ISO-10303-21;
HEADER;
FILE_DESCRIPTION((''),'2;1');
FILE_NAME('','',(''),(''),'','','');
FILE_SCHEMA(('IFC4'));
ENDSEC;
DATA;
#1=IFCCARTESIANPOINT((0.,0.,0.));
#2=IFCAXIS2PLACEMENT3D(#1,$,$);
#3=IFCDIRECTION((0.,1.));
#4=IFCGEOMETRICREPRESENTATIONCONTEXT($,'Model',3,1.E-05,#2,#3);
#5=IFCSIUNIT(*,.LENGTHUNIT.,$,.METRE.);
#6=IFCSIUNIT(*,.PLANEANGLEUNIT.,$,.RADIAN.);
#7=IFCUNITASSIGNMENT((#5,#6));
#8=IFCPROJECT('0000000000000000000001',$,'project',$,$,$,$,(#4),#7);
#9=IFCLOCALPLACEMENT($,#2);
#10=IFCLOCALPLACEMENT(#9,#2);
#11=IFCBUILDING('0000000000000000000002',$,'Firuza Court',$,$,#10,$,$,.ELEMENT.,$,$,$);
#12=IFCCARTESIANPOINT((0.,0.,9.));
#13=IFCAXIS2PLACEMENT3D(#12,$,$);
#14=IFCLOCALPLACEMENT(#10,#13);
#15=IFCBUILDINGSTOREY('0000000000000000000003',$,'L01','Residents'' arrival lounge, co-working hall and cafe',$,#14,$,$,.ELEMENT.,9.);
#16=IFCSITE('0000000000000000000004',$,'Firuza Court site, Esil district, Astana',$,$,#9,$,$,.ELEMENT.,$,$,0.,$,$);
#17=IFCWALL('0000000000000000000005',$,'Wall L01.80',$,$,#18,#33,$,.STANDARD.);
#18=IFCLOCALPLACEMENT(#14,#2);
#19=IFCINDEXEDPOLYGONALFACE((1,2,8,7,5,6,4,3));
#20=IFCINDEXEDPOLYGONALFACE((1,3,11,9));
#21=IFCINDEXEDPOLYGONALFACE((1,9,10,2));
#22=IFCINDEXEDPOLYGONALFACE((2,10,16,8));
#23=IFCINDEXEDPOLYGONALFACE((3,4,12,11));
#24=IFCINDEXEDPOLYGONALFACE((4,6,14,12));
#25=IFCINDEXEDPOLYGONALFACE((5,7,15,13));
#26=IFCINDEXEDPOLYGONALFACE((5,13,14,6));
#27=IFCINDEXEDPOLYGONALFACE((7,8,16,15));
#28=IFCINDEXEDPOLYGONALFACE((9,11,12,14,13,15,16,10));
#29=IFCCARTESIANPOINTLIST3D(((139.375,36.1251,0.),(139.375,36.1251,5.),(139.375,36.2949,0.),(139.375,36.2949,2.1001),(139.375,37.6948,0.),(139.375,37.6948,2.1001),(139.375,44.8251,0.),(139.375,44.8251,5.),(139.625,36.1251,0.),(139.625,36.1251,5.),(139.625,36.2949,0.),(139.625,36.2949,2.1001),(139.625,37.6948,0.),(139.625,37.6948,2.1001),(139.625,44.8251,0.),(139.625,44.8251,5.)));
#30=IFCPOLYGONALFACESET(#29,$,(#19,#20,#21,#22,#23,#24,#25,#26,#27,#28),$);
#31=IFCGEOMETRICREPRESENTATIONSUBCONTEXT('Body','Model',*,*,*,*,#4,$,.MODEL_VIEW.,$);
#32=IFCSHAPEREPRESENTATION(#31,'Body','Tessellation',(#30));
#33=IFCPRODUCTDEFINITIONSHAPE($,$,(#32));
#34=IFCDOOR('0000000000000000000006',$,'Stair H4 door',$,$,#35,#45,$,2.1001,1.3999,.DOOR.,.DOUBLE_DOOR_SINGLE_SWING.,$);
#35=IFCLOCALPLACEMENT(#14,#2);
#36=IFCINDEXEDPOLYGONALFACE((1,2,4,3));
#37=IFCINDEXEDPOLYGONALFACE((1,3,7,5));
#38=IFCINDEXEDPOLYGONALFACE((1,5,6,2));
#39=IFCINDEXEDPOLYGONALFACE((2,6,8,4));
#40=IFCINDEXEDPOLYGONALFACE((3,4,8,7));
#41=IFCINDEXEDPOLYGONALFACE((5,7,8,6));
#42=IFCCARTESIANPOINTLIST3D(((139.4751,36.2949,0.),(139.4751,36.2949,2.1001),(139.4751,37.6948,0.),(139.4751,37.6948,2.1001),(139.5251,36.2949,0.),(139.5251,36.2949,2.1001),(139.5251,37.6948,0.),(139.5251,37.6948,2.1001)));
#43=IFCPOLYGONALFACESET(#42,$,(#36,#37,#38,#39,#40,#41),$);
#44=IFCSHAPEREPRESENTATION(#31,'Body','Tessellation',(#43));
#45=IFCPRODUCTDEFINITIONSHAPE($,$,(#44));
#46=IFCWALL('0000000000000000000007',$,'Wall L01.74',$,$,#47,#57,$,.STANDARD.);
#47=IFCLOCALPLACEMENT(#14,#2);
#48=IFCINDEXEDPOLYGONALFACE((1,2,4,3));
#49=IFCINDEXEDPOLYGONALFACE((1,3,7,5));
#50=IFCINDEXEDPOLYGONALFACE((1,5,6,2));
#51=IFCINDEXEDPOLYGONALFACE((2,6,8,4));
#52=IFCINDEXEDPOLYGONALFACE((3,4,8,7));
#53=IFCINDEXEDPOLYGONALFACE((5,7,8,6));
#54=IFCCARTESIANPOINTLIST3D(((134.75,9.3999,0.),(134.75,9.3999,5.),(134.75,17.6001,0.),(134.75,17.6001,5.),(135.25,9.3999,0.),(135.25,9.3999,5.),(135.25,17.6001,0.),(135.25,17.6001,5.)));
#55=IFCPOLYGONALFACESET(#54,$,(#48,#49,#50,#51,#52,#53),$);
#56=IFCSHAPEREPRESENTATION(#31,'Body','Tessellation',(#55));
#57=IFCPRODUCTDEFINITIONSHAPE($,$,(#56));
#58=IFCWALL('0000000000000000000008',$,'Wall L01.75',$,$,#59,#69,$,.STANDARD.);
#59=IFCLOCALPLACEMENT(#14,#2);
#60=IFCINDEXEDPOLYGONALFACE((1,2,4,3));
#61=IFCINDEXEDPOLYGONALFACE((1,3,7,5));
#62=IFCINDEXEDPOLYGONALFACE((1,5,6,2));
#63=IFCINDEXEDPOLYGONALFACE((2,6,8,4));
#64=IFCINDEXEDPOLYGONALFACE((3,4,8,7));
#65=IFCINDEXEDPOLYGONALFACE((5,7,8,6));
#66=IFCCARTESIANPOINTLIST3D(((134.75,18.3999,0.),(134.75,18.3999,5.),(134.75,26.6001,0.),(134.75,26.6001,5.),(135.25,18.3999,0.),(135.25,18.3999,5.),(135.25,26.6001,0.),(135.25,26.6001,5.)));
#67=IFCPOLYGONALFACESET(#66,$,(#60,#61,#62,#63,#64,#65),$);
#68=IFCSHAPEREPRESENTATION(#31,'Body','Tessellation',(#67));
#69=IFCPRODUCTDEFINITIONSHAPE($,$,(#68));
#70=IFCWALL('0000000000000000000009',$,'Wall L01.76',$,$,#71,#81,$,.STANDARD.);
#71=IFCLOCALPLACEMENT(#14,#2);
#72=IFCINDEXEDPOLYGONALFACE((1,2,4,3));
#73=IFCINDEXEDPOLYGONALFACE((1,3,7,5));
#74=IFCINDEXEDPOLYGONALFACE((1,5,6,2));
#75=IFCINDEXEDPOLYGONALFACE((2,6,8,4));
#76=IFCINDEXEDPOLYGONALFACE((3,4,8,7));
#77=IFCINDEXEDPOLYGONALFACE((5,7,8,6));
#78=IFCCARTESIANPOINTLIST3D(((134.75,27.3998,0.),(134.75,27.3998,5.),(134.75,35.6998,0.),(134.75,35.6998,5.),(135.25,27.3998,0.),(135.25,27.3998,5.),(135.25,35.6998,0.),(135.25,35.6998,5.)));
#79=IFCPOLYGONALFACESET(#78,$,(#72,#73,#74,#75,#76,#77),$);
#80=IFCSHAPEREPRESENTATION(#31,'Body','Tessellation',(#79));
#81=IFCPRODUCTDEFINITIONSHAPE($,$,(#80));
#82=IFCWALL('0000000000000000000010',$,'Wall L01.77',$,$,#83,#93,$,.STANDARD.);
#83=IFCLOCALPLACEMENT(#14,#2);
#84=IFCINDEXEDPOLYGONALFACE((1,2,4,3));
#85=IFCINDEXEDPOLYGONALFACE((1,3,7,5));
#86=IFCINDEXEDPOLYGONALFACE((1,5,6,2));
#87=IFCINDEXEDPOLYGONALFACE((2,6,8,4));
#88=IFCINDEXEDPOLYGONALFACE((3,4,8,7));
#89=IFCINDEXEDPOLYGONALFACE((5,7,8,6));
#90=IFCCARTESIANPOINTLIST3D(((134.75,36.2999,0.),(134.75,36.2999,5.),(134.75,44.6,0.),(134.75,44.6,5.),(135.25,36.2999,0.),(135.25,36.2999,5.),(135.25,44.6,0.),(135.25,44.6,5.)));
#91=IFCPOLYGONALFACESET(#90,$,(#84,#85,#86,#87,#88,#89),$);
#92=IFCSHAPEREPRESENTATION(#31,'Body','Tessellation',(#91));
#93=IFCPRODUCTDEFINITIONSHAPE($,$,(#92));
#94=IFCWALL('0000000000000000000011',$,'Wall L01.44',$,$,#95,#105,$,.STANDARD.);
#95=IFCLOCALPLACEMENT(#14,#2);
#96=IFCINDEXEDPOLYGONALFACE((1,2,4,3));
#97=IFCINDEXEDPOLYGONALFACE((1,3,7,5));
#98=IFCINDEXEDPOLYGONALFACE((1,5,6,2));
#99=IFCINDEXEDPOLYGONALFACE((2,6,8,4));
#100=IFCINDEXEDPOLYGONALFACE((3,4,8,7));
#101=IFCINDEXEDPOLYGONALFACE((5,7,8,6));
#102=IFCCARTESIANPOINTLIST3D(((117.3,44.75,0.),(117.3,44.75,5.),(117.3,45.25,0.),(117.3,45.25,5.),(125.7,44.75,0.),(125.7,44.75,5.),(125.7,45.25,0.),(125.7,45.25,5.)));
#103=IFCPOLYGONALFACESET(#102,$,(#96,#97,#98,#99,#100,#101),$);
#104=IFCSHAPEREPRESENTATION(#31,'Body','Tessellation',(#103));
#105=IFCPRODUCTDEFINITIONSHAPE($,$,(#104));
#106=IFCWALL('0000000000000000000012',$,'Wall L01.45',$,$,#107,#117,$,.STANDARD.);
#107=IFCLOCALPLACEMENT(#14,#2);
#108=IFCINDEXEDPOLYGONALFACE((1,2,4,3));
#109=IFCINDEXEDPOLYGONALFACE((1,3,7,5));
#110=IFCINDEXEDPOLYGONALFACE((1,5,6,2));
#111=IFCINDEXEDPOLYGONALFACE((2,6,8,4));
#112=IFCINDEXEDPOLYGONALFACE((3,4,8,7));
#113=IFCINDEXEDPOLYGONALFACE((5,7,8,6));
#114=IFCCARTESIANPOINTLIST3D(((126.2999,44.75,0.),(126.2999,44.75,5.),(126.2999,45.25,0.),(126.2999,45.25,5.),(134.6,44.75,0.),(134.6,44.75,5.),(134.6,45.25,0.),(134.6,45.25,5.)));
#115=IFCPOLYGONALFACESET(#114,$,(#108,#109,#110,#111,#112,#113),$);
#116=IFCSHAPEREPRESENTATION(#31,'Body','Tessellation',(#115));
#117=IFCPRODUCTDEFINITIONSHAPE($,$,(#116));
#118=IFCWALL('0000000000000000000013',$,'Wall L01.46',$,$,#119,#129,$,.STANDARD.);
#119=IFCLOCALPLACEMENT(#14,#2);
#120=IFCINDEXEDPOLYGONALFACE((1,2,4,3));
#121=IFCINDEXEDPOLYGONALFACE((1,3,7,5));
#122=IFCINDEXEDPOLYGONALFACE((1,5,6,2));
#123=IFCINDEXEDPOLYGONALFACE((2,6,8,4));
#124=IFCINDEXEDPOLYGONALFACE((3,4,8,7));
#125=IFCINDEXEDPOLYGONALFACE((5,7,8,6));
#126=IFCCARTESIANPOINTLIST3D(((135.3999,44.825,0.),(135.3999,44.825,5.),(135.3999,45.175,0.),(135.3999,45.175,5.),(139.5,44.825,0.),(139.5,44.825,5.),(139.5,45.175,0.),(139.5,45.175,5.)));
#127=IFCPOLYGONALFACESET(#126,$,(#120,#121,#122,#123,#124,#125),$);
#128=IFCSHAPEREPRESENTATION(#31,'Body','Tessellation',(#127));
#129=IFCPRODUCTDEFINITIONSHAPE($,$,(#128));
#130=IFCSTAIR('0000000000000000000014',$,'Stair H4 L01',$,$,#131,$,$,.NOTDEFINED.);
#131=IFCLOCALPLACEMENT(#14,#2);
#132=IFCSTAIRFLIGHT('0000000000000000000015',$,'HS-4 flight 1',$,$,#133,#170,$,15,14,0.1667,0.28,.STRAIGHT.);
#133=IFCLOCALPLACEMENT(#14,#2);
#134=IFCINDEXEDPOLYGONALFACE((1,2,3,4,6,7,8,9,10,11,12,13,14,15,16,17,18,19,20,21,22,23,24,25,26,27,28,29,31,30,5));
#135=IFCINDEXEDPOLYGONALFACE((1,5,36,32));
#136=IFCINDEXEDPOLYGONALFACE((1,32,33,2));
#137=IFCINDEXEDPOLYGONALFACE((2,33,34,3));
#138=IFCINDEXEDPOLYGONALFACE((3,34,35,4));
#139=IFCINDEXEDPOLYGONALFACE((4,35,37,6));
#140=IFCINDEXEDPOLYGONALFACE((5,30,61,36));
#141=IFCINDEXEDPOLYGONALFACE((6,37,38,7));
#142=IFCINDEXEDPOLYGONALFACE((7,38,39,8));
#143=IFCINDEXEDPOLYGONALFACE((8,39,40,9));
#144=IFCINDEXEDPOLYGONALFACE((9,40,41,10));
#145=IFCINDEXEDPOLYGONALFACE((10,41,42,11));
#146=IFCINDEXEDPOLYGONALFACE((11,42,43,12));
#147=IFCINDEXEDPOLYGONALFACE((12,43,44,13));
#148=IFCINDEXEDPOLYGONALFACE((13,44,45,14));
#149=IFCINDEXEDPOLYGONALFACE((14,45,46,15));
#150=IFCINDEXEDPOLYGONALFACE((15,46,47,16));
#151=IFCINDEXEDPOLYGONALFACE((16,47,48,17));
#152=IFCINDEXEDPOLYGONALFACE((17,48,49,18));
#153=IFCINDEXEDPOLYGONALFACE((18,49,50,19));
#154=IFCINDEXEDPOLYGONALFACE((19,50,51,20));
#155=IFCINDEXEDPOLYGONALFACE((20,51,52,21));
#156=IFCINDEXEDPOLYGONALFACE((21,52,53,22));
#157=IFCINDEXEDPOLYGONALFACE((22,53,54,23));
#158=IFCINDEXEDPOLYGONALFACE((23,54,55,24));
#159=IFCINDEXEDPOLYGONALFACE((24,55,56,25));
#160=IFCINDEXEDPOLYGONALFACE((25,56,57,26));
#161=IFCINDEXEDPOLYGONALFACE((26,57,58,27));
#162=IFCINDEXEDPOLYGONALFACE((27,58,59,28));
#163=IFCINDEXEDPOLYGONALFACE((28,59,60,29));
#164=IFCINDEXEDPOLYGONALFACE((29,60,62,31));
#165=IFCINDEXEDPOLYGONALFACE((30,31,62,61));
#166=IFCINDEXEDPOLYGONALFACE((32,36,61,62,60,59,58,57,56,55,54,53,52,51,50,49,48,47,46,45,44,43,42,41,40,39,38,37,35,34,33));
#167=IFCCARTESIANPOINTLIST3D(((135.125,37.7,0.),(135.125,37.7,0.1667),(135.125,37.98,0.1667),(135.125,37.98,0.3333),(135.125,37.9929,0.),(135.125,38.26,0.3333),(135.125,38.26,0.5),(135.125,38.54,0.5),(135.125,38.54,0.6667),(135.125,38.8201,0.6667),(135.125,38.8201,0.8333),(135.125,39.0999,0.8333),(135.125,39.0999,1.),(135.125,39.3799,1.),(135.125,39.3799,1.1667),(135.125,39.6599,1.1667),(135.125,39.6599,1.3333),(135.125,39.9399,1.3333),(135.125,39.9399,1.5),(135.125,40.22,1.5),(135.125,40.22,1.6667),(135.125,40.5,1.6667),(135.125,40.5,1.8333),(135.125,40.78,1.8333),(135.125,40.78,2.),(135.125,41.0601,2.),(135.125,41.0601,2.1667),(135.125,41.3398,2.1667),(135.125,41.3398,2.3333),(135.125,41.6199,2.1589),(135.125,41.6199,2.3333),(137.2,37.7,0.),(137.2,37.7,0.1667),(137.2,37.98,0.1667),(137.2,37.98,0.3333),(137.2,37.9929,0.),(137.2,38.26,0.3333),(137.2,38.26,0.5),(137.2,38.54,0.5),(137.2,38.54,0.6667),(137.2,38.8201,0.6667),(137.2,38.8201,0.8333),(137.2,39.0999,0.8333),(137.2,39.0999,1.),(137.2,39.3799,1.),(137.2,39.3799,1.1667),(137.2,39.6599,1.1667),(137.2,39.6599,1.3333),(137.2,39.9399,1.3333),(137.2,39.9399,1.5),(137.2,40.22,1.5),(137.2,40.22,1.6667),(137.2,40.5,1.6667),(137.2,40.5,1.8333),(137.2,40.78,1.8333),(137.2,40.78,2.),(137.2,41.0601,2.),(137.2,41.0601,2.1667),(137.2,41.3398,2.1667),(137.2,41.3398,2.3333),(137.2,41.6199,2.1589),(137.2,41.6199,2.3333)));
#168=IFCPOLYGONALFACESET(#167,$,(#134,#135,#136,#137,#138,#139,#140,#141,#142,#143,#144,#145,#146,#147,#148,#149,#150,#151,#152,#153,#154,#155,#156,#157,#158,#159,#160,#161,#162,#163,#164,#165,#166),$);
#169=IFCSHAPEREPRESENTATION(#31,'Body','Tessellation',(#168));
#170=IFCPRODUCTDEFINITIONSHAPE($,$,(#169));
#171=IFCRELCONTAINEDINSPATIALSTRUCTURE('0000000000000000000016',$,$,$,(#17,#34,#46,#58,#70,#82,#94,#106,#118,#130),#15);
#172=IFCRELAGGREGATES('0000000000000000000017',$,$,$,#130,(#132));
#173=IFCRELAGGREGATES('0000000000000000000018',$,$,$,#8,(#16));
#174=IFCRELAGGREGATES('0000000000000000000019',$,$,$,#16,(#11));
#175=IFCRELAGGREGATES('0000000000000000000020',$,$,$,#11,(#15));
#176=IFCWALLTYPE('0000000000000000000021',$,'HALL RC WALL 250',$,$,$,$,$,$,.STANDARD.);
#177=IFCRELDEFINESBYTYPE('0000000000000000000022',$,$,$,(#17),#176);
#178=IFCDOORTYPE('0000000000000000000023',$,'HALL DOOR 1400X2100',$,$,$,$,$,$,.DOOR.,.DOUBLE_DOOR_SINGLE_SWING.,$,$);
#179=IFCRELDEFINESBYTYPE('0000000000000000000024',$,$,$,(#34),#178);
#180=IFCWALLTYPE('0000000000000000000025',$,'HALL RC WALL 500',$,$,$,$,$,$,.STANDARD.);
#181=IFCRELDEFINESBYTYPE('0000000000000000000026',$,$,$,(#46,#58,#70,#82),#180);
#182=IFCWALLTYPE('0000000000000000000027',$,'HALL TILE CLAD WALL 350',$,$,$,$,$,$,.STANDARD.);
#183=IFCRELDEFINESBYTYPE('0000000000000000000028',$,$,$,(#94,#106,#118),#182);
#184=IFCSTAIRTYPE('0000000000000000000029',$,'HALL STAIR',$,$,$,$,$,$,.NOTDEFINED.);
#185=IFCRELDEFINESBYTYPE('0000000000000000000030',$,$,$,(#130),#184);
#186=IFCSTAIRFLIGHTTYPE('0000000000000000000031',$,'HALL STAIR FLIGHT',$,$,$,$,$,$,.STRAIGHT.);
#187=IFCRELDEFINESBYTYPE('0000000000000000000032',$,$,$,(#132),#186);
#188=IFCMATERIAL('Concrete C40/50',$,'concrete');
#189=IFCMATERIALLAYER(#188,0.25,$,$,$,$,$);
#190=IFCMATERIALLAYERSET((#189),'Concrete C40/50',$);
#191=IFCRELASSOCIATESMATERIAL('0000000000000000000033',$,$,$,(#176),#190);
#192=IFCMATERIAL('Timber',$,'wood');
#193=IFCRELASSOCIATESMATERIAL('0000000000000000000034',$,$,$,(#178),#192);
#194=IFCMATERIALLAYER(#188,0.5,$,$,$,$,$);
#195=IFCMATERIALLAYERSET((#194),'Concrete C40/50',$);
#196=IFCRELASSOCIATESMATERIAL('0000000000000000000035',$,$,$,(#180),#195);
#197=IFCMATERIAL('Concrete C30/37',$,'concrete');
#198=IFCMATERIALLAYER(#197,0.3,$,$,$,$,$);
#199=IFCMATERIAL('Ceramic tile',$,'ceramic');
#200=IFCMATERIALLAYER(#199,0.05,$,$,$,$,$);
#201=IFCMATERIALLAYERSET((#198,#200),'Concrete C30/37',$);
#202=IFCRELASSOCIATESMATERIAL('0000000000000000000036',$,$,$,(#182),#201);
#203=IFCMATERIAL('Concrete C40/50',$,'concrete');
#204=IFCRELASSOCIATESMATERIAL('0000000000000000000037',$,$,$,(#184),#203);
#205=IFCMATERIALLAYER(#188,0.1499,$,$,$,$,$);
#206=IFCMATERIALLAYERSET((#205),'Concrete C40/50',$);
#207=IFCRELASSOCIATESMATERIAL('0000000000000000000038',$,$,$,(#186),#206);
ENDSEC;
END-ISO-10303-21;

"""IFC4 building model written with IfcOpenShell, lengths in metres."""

from ifc_helpers import new_model, si_unit, direction, frame, frame_2d, origin, place, context, subcontext, project, spatial, polyline, rectangle, outline, extrude, material, layer, layer_set, type_object, element, fill, aggregate, save


model = new_model("IFC4")

# Units and contexts
model_context = context("Model", 3, precision=1e-05, world=origin(), true_north=direction((0.0, 1.0)))
body_context = subcontext(model_context, "Body", "Model", "MODEL_VIEW")
ifc_project = project(units=[si_unit("LENGTHUNIT", "METRE"), si_unit("PLANEANGLEUNIT", "RADIAN")], contexts=[model_context])

# Site, building, storey
site_placement = place(None, origin())
site = spatial("IfcSite", under=ifc_project, at=site_placement, Name="Firuza Court site, Esil district, Astana", CompositionType="ELEMENT", RefElevation=0.0)
building_placement = place(site_placement, origin())
building = spatial("IfcBuilding", under=site, at=building_placement, Name="Firuza Court", CompositionType="ELEMENT")
storey_placement = place(building_placement, frame((0.0, 0.0, 9.0)))
storey = spatial("IfcBuildingStorey", under=building, at=storey_placement, Name="L01", Description="Residents' arrival lounge, co-working hall and cafe", CompositionType="ELEMENT", Elevation=9.0)

# Shared definitions
ifc_material_1 = material(Name="Concrete C40/50", Category="concrete")
ifc_layer_1 = layer(ifc_material_1, 0.25)
ifc_layer_set_1 = layer_set([ifc_layer_1], Name="Concrete C40/50")
wall_type_1 = type_object("IfcWallType", Name="HALL RC WALL 250", PredefinedType="STANDARD", material=ifc_layer_set_1)

# Wall, opening, door
ifc_material_2 = material(Name="Timber", Category="wood")
door_type = type_object("IfcDoorType", Name="HALL DOOR 1400X2100", OperationType="DOUBLE_DOOR_SINGLE_SWING", PredefinedType="DOOR", material=ifc_material_2)
wall_1_placement = place(storey_placement, frame((139.5, 36.125, 0.0), z_axis=(0.0, 0.0, 1.0), x_axis=(0.0, 1.0, 0.0)))
wall_1 = element("IfcWall", 1, at=wall_1_placement, inside=storey, type_object=wall_type_1, Name="Wall L01.80", PredefinedType="STANDARD", context=body_context, shape_type="SweptSolid", body=[
    extrude(rectangle(XDim=8.7, YDim=0.25, at=frame_2d((4.3501, 0.0))), origin(), (0.0, 0.0, 1.0), 5.0),
])
opening_1_placement = place(wall_1_placement, frame((0.1699, 0.0, 0.0)))
opening_1 = element("IfcOpeningElement", 2, at=opening_1_placement, cuts=wall_1, PredefinedType="OPENING", context=body_context, shape_type="SweptSolid", body=[
    extrude(rectangle(XDim=1.3999, YDim=2.1001, at=frame_2d((0.7, 1.05))), frame((0.0, 0.137, 0.0), z_axis=(0.0, -1.0, 0.0), x_axis=(1.0, 0.0, 0.0)), (0.0, 0.0, 1.0), 0.2739),
])
door_1_placement = place(opening_1_placement, origin())
door_1 = element("IfcDoor", 3, at=door_1_placement, inside=storey, type_object=door_type, Name="Stair H4 door", OperationType="DOUBLE_DOOR_SINGLE_SWING", OverallHeight=2.1001, OverallWidth=1.3999, PredefinedType="DOOR", context=body_context, shape_type="SweptSolid", body=[
    extrude(rectangle(XDim=1.3999, YDim=2.1001, at=frame_2d((0.7, 1.05))), frame((0.0, 0.0249, 0.0), z_axis=(0.0, -1.0, 0.0), x_axis=(1.0, 0.0, 0.0)), (0.0, 0.0, 1.0), 0.05),
])
fill(opening_1, door_1)

# Walls
ifc_layer_2 = layer(ifc_material_1, 0.5)
ifc_layer_set_2 = layer_set([ifc_layer_2], Name="Concrete C40/50")
wall_type_2 = type_object("IfcWallType", Name="HALL RC WALL 500", PredefinedType="STANDARD", material=ifc_layer_set_2)
for number, where, z_axis, x_axis, name in (
    (4, (135.0, 9.3999, 0.0), (0.0, 0.0, 1.0), (0.0, 1.0, 0.0), "Wall L01.74"),
    (5, (135.0, 18.3999, 0.0), (0.0, 0.0, 1.0), (0.0, 1.0, 0.0), "Wall L01.75"),
):
    element("IfcWall", number, at=place(storey_placement, frame(where, z_axis=z_axis, x_axis=x_axis)), inside=storey, type_object=wall_type_2, Name=name, PredefinedType="STANDARD", context=body_context, shape_type="SweptSolid", body=[
        extrude(rectangle(XDim=8.2002, YDim=0.5, at=frame_2d((4.1001, 0.0))), origin(), (0.0, 0.0, 1.0), 5.0),
    ])
for number, where, z_axis, x_axis, name in (
    (6, (135.0, 27.3999, 0.0), (0.0, 0.0, 1.0), (0.0, 1.0, 0.0), "Wall L01.76"),
    (7, (135.0, 36.3, 0.0), (0.0, 0.0, 1.0), (0.0, 1.0, 0.0), "Wall L01.77"),
):
    element("IfcWall", number, at=place(storey_placement, frame(where, z_axis=z_axis, x_axis=x_axis)), inside=storey, type_object=wall_type_2, Name=name, PredefinedType="STANDARD", context=body_context, shape_type="SweptSolid", body=[
        extrude(rectangle(XDim=8.3, YDim=0.5, at=frame_2d((4.1499, 0.0))), origin(), (0.0, 0.0, 1.0), 5.0),
    ])
ifc_material_3 = material(Name="Concrete C30/37", Category="concrete")
ifc_layer_3 = layer(ifc_material_3, 0.3)
ifc_material_4 = material(Name="Ceramic tile", Category="ceramic")
ifc_layer_4 = layer(ifc_material_4, 0.05)
ifc_layer_set_3 = layer_set([ifc_layer_3, ifc_layer_4], Name="Concrete C30/37")
wall_type_3 = type_object("IfcWallType", Name="HALL TILE CLAD WALL 350", PredefinedType="STANDARD", material=ifc_layer_set_3)
wall_2_placement = place(storey_placement, frame((117.3, 45.0, 0.0), z_axis=(0.0, 0.0, 1.0), x_axis=(1.0, 0.0, 0.0)))
element("IfcWall", 8, at=wall_2_placement, inside=storey, type_object=wall_type_3, Name="Wall L01.44", PredefinedType="STANDARD", context=body_context, shape_type="SweptSolid", body=[
    extrude(rectangle(XDim=8.3999, YDim=0.5, at=frame_2d((4.2, 0.0))), origin(), (0.0, 0.0, 1.0), 5.0),
])
wall_3_placement = place(storey_placement, frame((126.3, 45.0, 0.0), z_axis=(0.0, 0.0, 1.0), x_axis=(1.0, 0.0, 0.0)))
element("IfcWall", 9, at=wall_3_placement, inside=storey, type_object=wall_type_3, Name="Wall L01.45", PredefinedType="STANDARD", context=body_context, shape_type="SweptSolid", body=[
    extrude(rectangle(XDim=8.3, YDim=0.5, at=frame_2d((4.1499, 0.0))), origin(), (0.0, 0.0, 1.0), 5.0),
])
wall_4_placement = place(storey_placement, frame((135.3999, 45.0, 0.0), z_axis=(0.0, 0.0, 1.0), x_axis=(1.0, 0.0, 0.0)))
element("IfcWall", 10, at=wall_4_placement, inside=storey, type_object=wall_type_3, Name="Wall L01.46", PredefinedType="STANDARD", context=body_context, shape_type="SweptSolid", body=[
    extrude(rectangle(XDim=4.1001, YDim=0.3501, at=frame_2d((2.05, 0.0))), origin(), (0.0, 0.0, 1.0), 5.0),
])

# Stair, stair flight
ifc_material_5 = material(Name="Concrete C40/50", Category="concrete")
stair_type = type_object("IfcStairType", Name="HALL STAIR", PredefinedType="NOTDEFINED", material=ifc_material_5)
stair_placement = place(storey_placement, origin())
stair = element("IfcStair", 11, at=stair_placement, inside=storey, type_object=stair_type, Name="Stair H4 L01", PredefinedType="NOTDEFINED")
ifc_layer_5 = layer(ifc_material_1, 0.1499)
ifc_layer_set_4 = layer_set([ifc_layer_5], Name="Concrete C40/50")
stair_flight_type = type_object("IfcStairFlightType", Name="HALL STAIR FLIGHT", PredefinedType="STRAIGHT", material=ifc_layer_set_4)
stair_flight_1_placement = place(storey_placement, frame((136.1626, 37.7, 0.0), z_axis=(0.0, 0.0, 1.0), x_axis=(0.0, 1.0, 0.0)))
stair_flight_1 = element("IfcStairFlight", 12, at=stair_flight_1_placement, type_object=stair_flight_type, Name="HS-4 flight 1", NumberOfRisers=15, NumberOfTreads=14, PredefinedType="STRAIGHT", RiserHeight=0.1667, TreadLength=0.28, context=body_context, shape_type="SweptSolid", body=[
    extrude(outline(polyline([(0.0, 0.0), (0.0, 0.1667), (0.28, 0.1667), (0.28, 0.3333), (0.5601, 0.3333), (0.5601, 0.5), (0.8401, 0.5), (0.8401, 0.6667), (1.1201, 0.6667), (1.1201, 0.8333), (1.3999, 0.8333), (1.3999, 1.0), (1.6799, 1.0), (1.6799, 1.1667), (1.96, 1.1667), (1.96, 1.3333), (2.24, 1.3333), (2.24, 1.5), (2.52, 1.5), (2.52, 1.6667), (2.8, 1.6667), (2.8, 1.8333), (3.0801, 1.8333), (3.0801, 2.0), (3.3601, 2.0), (3.3601, 2.1667), (3.6399, 2.1667), (3.6399, 2.3333), (3.9199, 2.3333), (3.9199, 2.5), (3.9199, 2.1589), (0.293, 0.0), (0.0, 0.0)])), frame((0.0, 1.0376, 0.0), z_axis=(0.0, -1.0, 0.0), x_axis=(1.0, 0.0, 0.0)), (0.0, 0.0, 1.0), 2.075),
])
aggregate(stair, [stair_flight_1])

save(model, "model.ifc")
